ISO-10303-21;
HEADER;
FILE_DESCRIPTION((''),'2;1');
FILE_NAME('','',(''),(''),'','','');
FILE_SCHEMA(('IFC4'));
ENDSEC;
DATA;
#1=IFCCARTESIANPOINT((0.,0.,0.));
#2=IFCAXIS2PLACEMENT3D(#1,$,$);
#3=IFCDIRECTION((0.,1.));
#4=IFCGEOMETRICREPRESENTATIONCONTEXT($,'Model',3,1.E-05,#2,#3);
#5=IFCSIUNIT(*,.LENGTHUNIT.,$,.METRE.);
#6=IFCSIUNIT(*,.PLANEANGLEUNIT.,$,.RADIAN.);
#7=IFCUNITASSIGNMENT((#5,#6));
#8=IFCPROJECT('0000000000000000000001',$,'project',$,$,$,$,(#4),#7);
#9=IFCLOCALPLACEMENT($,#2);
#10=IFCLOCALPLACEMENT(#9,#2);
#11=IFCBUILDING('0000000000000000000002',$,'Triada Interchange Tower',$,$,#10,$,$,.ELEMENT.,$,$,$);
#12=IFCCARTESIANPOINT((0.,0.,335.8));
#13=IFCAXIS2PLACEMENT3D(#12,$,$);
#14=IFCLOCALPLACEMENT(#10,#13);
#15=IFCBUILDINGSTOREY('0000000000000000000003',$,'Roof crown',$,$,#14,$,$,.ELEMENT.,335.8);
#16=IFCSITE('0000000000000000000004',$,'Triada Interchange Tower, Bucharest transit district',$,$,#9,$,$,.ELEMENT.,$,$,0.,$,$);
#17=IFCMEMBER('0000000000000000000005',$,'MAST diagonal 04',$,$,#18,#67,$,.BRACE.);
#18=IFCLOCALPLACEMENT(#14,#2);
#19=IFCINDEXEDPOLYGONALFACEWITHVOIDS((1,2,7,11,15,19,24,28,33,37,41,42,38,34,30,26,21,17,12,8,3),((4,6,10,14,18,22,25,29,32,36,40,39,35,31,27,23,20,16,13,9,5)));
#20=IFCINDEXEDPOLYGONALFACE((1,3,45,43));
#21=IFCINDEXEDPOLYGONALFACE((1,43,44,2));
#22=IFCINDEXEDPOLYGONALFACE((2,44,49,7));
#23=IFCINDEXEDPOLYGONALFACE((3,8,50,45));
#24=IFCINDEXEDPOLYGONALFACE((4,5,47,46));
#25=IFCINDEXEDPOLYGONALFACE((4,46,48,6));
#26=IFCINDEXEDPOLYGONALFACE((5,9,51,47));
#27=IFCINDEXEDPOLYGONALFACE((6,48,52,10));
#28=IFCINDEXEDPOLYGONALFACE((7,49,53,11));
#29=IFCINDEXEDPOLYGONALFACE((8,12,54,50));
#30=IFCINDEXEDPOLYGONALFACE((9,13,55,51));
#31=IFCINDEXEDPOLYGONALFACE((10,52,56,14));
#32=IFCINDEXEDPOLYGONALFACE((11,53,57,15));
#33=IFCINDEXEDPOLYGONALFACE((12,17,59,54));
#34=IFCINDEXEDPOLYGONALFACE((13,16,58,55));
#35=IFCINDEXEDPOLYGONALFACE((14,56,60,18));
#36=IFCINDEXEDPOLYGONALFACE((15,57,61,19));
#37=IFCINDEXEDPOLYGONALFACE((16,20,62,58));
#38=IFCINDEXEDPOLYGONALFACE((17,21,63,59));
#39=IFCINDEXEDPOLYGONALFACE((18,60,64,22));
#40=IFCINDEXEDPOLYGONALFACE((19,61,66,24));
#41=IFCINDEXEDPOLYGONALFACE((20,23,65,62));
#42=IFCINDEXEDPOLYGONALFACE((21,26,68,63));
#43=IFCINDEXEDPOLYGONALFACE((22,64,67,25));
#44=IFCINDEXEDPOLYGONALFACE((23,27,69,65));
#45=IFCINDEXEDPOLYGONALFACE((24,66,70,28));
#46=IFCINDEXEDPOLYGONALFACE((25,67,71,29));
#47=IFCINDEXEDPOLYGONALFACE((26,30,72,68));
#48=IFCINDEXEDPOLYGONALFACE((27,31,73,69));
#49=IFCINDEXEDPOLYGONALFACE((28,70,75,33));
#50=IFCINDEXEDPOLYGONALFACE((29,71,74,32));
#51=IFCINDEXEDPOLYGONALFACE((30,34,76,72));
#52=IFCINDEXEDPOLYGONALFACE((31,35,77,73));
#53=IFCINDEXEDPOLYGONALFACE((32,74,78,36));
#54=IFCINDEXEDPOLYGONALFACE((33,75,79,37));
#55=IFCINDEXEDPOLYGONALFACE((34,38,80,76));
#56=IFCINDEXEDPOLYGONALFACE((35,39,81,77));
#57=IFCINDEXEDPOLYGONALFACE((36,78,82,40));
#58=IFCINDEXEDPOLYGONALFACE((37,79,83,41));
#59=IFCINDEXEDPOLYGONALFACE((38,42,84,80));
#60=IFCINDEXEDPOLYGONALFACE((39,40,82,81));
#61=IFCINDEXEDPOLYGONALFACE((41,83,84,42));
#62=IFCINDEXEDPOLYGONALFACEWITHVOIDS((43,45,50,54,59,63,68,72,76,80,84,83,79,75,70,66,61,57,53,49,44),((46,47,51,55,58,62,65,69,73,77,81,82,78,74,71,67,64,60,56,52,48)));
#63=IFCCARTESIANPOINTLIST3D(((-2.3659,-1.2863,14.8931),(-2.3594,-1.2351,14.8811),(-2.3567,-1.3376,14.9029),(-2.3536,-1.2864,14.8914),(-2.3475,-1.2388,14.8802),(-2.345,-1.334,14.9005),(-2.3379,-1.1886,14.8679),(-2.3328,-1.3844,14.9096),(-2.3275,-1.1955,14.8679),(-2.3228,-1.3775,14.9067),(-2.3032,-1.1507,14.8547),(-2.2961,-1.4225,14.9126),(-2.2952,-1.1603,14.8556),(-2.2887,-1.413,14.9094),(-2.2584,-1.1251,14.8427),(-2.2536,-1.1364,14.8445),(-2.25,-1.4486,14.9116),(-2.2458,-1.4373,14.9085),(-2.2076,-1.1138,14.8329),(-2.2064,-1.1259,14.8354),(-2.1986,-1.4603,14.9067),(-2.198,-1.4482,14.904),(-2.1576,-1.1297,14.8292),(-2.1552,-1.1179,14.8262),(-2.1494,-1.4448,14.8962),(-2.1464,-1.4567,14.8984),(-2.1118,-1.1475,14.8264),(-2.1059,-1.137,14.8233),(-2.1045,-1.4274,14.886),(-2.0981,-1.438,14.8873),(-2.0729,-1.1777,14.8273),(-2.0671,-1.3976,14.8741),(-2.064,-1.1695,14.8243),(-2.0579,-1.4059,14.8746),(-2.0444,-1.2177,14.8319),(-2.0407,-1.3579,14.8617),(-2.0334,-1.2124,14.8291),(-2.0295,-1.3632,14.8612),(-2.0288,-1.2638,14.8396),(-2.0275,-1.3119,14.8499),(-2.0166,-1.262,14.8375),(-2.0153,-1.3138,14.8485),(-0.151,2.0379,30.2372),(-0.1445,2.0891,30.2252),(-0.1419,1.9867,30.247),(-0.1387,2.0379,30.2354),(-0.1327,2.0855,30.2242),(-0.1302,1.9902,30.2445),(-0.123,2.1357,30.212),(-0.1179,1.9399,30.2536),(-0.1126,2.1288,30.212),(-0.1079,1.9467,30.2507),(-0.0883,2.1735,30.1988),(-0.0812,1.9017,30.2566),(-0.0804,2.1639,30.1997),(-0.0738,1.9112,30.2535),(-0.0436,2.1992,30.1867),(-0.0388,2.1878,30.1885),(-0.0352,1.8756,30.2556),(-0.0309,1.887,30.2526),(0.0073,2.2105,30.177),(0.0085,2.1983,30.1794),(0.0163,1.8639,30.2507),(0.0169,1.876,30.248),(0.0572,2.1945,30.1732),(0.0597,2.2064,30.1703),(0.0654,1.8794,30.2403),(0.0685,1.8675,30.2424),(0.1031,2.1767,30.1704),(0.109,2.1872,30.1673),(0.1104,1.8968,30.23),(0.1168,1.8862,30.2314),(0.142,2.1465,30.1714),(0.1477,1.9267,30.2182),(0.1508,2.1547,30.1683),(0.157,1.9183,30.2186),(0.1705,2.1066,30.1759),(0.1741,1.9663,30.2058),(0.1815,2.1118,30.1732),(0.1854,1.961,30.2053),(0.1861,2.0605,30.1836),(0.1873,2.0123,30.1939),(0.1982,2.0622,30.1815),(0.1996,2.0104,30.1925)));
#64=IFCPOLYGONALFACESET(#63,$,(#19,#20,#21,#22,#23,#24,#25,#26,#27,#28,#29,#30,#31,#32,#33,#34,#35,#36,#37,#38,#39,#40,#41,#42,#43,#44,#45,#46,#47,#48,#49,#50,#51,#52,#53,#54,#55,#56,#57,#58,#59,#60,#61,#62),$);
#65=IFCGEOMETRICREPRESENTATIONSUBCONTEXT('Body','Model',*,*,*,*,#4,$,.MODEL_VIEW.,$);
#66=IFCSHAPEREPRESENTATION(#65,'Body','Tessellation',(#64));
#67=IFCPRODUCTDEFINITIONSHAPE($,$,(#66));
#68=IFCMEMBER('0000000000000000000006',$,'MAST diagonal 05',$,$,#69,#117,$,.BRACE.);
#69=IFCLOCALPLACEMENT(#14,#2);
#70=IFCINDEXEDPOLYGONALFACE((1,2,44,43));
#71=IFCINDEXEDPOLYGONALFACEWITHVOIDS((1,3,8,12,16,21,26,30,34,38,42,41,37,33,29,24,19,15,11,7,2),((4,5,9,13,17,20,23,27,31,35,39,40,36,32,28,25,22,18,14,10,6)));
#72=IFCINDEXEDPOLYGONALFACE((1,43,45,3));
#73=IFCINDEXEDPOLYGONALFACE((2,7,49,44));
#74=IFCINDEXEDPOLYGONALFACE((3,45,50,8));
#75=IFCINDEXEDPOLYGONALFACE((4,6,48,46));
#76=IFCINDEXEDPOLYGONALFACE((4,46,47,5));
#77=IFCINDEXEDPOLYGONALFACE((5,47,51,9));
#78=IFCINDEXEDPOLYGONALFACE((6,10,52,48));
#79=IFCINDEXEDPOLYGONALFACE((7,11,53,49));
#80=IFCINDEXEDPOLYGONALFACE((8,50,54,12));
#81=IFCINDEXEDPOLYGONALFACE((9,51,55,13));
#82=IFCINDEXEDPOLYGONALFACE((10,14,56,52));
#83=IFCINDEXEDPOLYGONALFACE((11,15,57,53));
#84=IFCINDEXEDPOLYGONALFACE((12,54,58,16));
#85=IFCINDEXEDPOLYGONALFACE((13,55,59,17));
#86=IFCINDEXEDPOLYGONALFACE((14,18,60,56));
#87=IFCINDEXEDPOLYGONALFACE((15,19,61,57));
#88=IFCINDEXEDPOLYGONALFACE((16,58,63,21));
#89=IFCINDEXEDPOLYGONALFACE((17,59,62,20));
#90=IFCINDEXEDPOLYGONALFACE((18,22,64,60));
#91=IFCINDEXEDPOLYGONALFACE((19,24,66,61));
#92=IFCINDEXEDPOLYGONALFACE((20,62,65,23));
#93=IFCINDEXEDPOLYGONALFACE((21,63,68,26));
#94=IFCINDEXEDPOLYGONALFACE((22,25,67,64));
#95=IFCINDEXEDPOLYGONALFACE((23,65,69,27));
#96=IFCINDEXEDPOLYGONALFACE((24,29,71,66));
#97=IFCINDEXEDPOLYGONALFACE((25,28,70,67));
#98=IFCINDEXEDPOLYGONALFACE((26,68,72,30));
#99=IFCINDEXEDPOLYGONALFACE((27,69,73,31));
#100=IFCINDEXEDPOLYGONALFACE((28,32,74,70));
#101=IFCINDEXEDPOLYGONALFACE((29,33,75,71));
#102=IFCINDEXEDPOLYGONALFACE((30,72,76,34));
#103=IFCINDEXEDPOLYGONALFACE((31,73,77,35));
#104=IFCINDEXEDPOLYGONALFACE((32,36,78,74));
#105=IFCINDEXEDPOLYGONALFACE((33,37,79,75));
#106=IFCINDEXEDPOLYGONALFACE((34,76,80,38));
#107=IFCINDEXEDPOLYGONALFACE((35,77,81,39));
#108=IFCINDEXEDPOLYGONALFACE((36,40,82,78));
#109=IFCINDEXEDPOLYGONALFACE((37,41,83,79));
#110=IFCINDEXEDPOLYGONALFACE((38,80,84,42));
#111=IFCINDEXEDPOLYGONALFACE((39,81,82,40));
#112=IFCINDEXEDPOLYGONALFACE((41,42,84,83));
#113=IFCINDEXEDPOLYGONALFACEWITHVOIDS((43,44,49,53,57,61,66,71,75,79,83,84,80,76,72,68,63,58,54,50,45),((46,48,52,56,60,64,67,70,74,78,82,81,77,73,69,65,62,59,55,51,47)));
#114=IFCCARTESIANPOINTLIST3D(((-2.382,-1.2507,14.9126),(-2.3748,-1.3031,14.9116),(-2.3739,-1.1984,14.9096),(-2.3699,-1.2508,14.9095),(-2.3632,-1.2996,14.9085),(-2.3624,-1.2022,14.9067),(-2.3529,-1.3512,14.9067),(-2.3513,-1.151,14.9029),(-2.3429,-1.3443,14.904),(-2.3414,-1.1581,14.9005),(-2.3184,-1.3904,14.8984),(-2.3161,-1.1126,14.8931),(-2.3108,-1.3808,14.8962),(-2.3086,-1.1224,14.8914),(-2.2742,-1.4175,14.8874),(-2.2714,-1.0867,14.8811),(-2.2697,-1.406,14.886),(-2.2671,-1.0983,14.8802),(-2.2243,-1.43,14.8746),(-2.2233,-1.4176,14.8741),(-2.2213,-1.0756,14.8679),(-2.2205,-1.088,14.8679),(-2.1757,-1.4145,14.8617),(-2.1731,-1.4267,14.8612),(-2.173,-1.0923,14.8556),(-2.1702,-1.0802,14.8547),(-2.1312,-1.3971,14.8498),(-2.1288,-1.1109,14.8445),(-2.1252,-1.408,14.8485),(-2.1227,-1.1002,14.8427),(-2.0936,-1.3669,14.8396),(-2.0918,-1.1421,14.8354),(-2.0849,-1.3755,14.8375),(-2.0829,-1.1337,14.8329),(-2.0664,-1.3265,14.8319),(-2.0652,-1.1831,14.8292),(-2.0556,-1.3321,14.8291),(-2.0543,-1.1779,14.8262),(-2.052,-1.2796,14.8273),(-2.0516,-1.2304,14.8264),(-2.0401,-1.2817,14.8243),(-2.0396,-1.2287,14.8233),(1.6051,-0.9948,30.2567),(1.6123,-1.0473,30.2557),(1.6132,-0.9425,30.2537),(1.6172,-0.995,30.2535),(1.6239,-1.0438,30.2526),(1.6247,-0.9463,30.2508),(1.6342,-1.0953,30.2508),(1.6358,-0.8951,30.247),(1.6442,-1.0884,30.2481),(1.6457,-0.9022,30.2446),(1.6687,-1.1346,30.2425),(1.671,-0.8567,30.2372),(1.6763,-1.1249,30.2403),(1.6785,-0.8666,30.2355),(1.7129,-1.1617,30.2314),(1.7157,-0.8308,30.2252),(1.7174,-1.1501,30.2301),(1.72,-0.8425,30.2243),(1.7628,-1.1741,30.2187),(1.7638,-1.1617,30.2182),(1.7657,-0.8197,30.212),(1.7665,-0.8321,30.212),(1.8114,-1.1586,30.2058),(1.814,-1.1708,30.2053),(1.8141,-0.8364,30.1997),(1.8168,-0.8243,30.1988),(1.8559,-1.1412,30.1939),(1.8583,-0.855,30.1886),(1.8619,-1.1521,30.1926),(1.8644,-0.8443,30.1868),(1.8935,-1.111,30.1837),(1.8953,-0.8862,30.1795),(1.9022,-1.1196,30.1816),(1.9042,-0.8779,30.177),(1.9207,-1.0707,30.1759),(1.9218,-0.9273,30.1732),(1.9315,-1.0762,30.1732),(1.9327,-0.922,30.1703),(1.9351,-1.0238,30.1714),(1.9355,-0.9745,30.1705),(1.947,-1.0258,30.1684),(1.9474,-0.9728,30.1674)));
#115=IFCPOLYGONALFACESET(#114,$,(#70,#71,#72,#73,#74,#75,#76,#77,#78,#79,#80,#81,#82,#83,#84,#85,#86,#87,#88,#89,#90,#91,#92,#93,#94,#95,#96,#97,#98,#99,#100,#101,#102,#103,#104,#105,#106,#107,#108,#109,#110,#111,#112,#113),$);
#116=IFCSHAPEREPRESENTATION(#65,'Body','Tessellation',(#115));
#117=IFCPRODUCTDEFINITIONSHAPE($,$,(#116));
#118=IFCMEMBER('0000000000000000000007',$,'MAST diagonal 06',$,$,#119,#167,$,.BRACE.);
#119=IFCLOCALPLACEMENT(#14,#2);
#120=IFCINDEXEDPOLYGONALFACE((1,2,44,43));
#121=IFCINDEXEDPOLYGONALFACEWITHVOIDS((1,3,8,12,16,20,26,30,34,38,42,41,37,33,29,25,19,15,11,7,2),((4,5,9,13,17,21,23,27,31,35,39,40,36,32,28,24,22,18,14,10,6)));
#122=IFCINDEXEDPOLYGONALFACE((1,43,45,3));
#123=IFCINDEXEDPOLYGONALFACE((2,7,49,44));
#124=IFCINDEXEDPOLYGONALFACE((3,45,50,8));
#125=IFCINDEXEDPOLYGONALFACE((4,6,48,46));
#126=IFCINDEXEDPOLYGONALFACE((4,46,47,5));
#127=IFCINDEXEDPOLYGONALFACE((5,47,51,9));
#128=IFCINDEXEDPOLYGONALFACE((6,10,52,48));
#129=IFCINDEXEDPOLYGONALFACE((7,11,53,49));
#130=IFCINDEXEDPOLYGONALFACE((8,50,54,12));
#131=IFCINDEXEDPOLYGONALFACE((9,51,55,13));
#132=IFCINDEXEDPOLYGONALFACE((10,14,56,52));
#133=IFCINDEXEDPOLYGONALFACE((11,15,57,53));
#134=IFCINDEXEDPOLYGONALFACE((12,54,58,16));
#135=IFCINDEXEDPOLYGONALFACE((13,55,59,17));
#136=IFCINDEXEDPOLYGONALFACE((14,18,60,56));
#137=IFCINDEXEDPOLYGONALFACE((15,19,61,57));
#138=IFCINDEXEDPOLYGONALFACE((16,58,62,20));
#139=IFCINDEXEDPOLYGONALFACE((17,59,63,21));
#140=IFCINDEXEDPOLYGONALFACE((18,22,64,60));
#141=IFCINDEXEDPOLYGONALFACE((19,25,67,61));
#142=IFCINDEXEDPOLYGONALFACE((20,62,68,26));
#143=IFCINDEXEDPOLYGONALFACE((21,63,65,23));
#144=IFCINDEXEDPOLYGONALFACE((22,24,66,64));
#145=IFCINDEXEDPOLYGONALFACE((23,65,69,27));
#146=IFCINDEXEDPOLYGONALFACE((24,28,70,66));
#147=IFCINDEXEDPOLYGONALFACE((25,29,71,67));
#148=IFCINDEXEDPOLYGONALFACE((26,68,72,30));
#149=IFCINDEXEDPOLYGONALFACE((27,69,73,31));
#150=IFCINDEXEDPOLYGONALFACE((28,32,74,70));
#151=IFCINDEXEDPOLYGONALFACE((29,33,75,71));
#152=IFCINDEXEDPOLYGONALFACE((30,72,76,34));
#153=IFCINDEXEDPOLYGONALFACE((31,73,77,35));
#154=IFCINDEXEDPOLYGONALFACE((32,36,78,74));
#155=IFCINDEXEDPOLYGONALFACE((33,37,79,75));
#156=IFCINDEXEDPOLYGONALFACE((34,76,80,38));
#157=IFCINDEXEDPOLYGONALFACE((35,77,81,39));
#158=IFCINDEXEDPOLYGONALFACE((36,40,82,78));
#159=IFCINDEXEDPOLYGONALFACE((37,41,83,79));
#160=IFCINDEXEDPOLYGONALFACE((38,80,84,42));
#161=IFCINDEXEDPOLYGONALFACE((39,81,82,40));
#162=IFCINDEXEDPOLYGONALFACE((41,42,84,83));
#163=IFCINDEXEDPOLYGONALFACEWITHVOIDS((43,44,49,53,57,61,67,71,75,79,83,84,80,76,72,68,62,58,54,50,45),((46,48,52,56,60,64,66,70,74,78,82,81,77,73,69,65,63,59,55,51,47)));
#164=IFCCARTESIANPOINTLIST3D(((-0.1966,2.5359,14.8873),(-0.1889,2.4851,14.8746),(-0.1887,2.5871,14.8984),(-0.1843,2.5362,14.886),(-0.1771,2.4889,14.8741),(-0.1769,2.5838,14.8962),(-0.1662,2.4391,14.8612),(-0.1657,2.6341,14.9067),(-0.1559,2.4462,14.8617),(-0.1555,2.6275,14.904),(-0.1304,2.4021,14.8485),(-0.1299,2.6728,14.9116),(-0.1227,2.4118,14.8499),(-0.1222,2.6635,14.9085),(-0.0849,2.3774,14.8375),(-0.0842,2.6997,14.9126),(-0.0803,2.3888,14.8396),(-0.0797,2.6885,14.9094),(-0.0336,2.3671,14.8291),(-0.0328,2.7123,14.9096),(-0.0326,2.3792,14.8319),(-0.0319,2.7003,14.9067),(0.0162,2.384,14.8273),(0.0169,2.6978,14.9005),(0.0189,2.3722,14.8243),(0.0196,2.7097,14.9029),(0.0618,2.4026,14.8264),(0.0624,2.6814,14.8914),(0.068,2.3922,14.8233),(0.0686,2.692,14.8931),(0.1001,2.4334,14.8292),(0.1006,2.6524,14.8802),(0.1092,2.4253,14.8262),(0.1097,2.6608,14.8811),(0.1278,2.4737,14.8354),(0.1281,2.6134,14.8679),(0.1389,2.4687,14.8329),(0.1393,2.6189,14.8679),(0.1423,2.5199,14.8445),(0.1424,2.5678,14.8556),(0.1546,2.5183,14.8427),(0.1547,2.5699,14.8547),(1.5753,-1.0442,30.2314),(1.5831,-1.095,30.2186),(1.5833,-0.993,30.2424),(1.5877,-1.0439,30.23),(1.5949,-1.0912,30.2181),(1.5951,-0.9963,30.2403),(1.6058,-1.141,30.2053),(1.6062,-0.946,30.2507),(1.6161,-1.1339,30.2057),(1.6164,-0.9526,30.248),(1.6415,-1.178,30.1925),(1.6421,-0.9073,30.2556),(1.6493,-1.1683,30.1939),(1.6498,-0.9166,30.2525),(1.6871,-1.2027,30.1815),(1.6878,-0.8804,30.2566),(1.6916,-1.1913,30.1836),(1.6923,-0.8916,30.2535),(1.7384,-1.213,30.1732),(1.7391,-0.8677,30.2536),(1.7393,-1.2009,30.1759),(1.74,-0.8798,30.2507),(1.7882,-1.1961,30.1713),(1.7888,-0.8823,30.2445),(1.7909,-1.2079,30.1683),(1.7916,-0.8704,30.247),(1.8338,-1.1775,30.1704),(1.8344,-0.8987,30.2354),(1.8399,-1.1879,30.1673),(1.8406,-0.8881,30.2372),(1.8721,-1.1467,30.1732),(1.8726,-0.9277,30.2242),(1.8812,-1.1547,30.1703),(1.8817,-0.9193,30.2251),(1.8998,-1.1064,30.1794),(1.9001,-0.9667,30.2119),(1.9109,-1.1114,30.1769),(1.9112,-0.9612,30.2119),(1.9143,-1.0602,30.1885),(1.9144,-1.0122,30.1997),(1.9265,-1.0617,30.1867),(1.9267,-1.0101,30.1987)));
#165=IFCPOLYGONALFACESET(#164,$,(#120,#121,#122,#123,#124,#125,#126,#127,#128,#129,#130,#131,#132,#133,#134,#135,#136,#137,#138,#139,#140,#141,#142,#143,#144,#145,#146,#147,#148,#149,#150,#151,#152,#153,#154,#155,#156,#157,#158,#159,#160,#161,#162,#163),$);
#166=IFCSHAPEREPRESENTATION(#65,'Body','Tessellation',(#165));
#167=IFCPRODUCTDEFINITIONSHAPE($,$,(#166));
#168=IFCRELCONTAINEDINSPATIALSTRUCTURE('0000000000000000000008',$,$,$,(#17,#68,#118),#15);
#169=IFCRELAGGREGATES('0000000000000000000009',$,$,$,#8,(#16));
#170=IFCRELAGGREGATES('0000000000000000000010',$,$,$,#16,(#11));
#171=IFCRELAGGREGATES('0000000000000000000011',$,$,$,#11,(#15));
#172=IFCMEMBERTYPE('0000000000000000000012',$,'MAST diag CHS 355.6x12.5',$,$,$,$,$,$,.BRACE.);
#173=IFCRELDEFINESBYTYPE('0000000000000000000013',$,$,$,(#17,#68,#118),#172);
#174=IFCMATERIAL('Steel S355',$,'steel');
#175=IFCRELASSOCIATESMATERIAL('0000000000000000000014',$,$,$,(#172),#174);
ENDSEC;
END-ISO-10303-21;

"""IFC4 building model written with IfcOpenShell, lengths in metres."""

from ifc_helpers import new_model, si_unit, direction, frame, origin, origin_2d, place, context, subcontext, project, spatial, hollow_circle, extrude, material, material_profile, profile_set, type_object, element, save


model = new_model("IFC4")

# Units and contexts
model_context = context("Model", 3, precision=1e-05, world=origin(), true_north=direction((0.0, 1.0)))
body_context = subcontext(model_context, "Body", "Model", "MODEL_VIEW")
ifc_project = project(units=[si_unit("LENGTHUNIT", "METRE"), si_unit("PLANEANGLEUNIT", "RADIAN")], contexts=[model_context])

# Site, building, storey
site_placement = place(None, origin())
site = spatial("IfcSite", under=ifc_project, at=site_placement, Name="Triada Interchange Tower, Bucharest transit district", CompositionType="ELEMENT", RefElevation=0.0)
building_placement = place(site_placement, origin())
building = spatial("IfcBuilding", under=site, at=building_placement, Name="Triada Interchange Tower", CompositionType="ELEMENT")
storey_placement = place(building_placement, frame((0.0, 0.0, 335.8)))
storey = spatial("IfcBuildingStorey", under=building, at=storey_placement, Name="Roof crown", CompositionType="ELEMENT", Elevation=335.8)

# Members
ifc_material = material(Name="Steel S355", Category="steel")
ifc_material_profile_1 = material_profile(ifc_material, hollow_circle(Radius=0.1777, WallThickness=0.0125, at=origin_2d()), Name="CHS 355.6x12.5")
ifc_profile_set_1 = profile_set([ifc_material_profile_1], Name="Steel S355")
member_type_1 = type_object("IfcMemberType", Name="MAST diag CHS 355.6x12.5", PredefinedType="BRACE", material=ifc_profile_set_1)
member_1_placement = place(storey_placement, frame((-2.1899, -1.2871, 14.8679), z_axis=(0.13969, 0.209658, 0.967745), x_axis=(-0.832201, 0.554475, 0.0)))
element("IfcMember", 1, at=member_1_placement, inside=storey, type_object=member_type_1, Name="MAST diagonal 04", PredefinedType="BRACE", context=body_context, shape_type="SweptSolid", body=[
    extrude(hollow_circle(Radius=0.1777, WallThickness=0.0125, at=origin_2d()), origin(), (0.0, 0.0, 1.0), 15.8555),
])
member_2_placement = place(storey_placement, frame((-2.21, -1.2529, 14.8679), z_axis=(0.251461, 0.016137, 0.967733), x_axis=(-0.064041, 0.997947, 0.0)))
element("IfcMember", 2, at=member_2_placement, inside=storey, type_object=member_type_1, Name="MAST diagonal 05", PredefinedType="BRACE", context=body_context, shape_type="SweptSolid", body=[
    extrude(hollow_circle(Radius=0.1777, WallThickness=0.0125, at=origin_2d()), origin(), (0.0, 0.0, 1.0), 15.8557),
])
member_3_placement = place(storey_placement, frame((-0.02, 2.54, 14.8679), z_axis=(0.111758, -0.225795, 0.967743), x_axis=(0.896229, 0.443592, 0.0)))
element("IfcMember", 3, at=member_3_placement, inside=storey, type_object=member_type_1, Name="MAST diagonal 06", PredefinedType="BRACE", context=body_context, shape_type="SweptSolid", body=[
    extrude(hollow_circle(Radius=0.1777, WallThickness=0.0125, at=origin_2d()), origin(), (0.0, 0.0, 1.0), 15.8555),
])

save(model, "model.ifc")
